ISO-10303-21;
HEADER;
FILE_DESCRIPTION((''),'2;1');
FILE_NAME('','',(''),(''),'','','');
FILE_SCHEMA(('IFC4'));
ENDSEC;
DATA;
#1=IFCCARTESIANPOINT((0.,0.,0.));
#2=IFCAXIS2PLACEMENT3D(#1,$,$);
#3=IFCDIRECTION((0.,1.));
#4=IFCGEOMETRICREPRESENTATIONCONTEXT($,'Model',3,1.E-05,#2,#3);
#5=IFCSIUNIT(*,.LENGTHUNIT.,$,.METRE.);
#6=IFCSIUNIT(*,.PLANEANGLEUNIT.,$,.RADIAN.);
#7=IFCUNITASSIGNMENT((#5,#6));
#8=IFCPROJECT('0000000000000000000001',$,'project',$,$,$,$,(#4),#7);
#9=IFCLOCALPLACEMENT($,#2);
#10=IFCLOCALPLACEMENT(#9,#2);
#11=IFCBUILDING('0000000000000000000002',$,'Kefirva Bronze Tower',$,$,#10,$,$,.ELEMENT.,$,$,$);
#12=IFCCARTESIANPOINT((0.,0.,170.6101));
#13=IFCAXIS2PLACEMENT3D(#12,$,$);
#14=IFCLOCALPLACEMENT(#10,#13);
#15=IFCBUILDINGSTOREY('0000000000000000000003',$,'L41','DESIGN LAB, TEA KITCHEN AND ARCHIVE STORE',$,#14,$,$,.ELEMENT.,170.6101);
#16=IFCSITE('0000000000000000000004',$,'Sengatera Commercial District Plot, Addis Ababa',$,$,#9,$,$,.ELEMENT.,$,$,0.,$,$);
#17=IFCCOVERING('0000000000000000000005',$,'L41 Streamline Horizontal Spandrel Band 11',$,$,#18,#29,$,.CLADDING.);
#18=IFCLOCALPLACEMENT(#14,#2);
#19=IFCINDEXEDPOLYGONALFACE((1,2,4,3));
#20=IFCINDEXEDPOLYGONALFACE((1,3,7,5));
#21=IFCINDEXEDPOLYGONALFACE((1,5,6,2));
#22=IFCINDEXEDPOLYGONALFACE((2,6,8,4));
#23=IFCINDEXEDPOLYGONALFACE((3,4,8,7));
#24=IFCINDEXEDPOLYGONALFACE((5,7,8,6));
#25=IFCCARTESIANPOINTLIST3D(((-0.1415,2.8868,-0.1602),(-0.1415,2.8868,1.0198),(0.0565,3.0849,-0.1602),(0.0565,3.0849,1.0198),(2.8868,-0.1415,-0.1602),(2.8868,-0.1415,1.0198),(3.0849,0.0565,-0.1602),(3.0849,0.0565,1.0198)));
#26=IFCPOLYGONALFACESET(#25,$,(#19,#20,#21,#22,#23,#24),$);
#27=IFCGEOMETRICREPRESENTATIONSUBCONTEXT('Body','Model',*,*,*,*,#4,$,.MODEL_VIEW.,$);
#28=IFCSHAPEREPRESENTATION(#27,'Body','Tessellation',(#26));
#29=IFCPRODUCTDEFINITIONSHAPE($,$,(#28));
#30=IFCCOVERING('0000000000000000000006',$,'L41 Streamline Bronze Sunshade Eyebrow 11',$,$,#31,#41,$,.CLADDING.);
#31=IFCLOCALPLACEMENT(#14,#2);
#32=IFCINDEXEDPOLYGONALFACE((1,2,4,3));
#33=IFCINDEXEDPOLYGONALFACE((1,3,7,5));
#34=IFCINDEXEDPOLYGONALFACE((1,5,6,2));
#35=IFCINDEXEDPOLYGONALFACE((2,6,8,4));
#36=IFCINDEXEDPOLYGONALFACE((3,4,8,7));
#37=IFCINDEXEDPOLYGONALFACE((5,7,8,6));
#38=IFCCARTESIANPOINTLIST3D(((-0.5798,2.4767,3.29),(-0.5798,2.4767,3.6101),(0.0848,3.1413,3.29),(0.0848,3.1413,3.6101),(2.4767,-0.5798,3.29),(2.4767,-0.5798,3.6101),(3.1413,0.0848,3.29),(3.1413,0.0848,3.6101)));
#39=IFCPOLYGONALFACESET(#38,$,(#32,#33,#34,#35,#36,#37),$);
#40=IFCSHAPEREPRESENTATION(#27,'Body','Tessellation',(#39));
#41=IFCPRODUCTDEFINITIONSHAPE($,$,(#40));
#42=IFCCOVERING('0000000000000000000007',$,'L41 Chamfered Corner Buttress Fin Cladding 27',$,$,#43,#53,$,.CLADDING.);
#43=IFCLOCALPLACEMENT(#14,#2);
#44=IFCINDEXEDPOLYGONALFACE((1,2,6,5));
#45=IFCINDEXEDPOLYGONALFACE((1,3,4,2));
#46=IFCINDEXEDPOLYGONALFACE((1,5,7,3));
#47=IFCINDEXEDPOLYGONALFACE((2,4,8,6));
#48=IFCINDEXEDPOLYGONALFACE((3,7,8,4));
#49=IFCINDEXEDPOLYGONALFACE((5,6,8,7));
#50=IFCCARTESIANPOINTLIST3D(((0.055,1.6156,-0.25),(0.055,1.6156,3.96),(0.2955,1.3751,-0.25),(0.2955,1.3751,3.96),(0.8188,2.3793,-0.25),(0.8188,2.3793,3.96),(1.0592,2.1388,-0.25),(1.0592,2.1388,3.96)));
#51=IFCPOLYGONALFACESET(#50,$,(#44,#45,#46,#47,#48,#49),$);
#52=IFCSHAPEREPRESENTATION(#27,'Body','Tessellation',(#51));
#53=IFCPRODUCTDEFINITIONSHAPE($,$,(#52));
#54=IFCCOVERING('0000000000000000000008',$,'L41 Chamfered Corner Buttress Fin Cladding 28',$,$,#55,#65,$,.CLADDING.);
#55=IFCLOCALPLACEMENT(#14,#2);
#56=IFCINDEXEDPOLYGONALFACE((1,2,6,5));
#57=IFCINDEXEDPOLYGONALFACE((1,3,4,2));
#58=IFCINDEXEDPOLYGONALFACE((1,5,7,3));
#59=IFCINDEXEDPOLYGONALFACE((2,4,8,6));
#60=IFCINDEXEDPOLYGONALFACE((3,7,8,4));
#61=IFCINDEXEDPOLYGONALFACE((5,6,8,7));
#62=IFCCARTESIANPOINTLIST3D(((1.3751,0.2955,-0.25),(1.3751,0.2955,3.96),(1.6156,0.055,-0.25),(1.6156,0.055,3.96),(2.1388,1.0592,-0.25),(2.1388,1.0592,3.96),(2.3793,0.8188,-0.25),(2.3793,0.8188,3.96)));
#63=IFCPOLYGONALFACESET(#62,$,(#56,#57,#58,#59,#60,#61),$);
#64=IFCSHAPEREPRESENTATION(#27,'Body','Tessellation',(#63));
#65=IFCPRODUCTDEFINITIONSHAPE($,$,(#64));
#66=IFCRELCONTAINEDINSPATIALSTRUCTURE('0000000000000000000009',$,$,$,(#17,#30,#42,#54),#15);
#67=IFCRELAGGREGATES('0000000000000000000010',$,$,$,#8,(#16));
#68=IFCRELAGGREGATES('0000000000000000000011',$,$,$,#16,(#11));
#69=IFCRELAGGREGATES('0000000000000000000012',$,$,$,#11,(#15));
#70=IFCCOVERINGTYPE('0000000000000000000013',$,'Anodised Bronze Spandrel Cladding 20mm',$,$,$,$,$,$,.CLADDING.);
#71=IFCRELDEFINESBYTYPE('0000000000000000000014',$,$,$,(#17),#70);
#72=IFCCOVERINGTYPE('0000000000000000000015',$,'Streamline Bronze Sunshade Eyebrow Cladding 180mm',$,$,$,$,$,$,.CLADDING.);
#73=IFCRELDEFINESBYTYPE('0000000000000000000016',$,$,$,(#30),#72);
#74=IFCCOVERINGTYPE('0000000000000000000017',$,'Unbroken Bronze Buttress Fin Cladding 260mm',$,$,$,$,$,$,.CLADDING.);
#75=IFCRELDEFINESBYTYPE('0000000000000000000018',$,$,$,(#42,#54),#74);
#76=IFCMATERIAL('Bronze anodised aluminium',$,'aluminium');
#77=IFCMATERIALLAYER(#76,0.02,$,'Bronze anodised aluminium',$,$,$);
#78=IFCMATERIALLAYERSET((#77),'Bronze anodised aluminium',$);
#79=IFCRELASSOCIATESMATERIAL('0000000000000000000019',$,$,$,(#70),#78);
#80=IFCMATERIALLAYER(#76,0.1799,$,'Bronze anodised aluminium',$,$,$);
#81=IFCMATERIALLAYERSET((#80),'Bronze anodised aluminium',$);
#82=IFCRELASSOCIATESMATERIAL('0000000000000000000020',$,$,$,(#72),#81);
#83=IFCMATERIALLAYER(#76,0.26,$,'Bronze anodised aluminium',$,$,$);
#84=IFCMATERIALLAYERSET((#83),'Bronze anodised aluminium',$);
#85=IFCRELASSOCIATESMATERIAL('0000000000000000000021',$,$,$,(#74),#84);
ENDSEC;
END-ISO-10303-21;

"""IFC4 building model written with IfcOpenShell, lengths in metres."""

from ifc_helpers import new_model, si_unit, direction, frame, origin, origin_2d, place, context, subcontext, project, spatial, rectangle, extrude, material, layer, layer_set, type_object, element, save


model = new_model("IFC4")

# Units and contexts
model_context = context("Model", 3, precision=1e-05, world=origin(), true_north=direction((0.0, 1.0)))
body_context = subcontext(model_context, "Body", "Model", "MODEL_VIEW")
ifc_project = project(units=[si_unit("LENGTHUNIT", "METRE"), si_unit("PLANEANGLEUNIT", "RADIAN")], contexts=[model_context])

# Site, building, storey
site_placement = place(None, origin())
site = spatial("IfcSite", under=ifc_project, at=site_placement, Name="Sengatera Commercial District Plot, Addis Ababa", CompositionType="ELEMENT", RefElevation=0.0)
building_placement = place(site_placement, origin())
building = spatial("IfcBuilding", under=site, at=building_placement, Name="Kefirva Bronze Tower", CompositionType="ELEMENT")
storey_placement = place(building_placement, frame((0.0, 0.0, 170.6101)))
storey = spatial("IfcBuildingStorey", under=building, at=storey_placement, Name="L41", Description="DESIGN LAB, TEA KITCHEN AND ARCHIVE STORE", CompositionType="ELEMENT", Elevation=170.6101)

# Shared definitions
ifc_material_1 = material(Name="Bronze anodised aluminium", Category="aluminium")

# Coverings
ifc_layer_1 = layer(ifc_material_1, 0.02, Name="Bronze anodised aluminium")
ifc_layer_set_1 = layer_set([ifc_layer_1], Name="Bronze anodised aluminium")
covering_type_1 = type_object("IfcCoveringType", Name="Anodised Bronze Spandrel Cladding 20mm", PredefinedType="CLADDING", material=ifc_layer_set_1)
covering_1_placement = place(storey_placement, frame((1.4717, 1.4717, -0.1602), z_axis=(0.0, 0.0, 1.0), x_axis=(0.707107, -0.707107, 0.0)))
element("IfcCovering", 1, at=covering_1_placement, inside=storey, type_object=covering_type_1, Name="L41 Streamline Horizontal Spandrel Band 11", PredefinedType="CLADDING", context=body_context, shape_type="SweptSolid", body=[
    extrude(rectangle(XDim=4.2827, YDim=0.28, at=origin_2d()), origin(), (0.0, 0.0, 1.0), 1.1799),
])
ifc_layer_2 = layer(ifc_material_1, 0.1799, Name="Bronze anodised aluminium")
ifc_layer_set_2 = layer_set([ifc_layer_2], Name="Bronze anodised aluminium")
covering_type_2 = type_object("IfcCoveringType", Name="Streamline Bronze Sunshade Eyebrow Cladding 180mm", PredefinedType="CLADDING", material=ifc_layer_set_2)
covering_2_placement = place(storey_placement, frame((1.2808, 1.2808, 3.29), z_axis=(0.0, 0.0, 1.0), x_axis=(0.707107, -0.707107, 0.0)))
element("IfcCovering", 2, at=covering_2_placement, inside=storey, type_object=covering_type_2, Name="L41 Streamline Bronze Sunshade Eyebrow 11", PredefinedType="CLADDING", context=body_context, shape_type="SweptSolid", body=[
    extrude(rectangle(XDim=4.3225, YDim=0.9399, at=origin_2d()), origin(), (0.0, 0.0, 1.0), 0.3201),
])
ifc_layer_3 = layer(ifc_material_1, 0.26, Name="Bronze anodised aluminium")
ifc_layer_set_3 = layer_set([ifc_layer_3], Name="Bronze anodised aluminium")
covering_type_3 = type_object("IfcCoveringType", Name="Unbroken Bronze Buttress Fin Cladding 260mm", PredefinedType="CLADDING", material=ifc_layer_set_3)
for number, where, z_axis, x_axis, name in (
    (3, (0.5571, 1.8772, -0.25), (0.0, 0.0, 1.0), (0.707107, -0.707107, 0.0), "L41 Chamfered Corner Buttress Fin Cladding 27"),
    (4, (1.8772, 0.5571, -0.25), (0.0, 0.0, 1.0), (0.707107, -0.707107, 0.0), "L41 Chamfered Corner Buttress Fin Cladding 28"),
):
    element("IfcCovering", number, at=place(storey_placement, frame(where, z_axis=z_axis, x_axis=x_axis)), inside=storey, type_object=covering_type_3, Name=name, PredefinedType="CLADDING", context=body_context, shape_type="SweptSolid", body=[
        extrude(rectangle(XDim=0.3401, YDim=1.0801, at=origin_2d()), origin(), (0.0, 0.0, 1.0), 4.21),
    ])

save(model, "model.ifc")
